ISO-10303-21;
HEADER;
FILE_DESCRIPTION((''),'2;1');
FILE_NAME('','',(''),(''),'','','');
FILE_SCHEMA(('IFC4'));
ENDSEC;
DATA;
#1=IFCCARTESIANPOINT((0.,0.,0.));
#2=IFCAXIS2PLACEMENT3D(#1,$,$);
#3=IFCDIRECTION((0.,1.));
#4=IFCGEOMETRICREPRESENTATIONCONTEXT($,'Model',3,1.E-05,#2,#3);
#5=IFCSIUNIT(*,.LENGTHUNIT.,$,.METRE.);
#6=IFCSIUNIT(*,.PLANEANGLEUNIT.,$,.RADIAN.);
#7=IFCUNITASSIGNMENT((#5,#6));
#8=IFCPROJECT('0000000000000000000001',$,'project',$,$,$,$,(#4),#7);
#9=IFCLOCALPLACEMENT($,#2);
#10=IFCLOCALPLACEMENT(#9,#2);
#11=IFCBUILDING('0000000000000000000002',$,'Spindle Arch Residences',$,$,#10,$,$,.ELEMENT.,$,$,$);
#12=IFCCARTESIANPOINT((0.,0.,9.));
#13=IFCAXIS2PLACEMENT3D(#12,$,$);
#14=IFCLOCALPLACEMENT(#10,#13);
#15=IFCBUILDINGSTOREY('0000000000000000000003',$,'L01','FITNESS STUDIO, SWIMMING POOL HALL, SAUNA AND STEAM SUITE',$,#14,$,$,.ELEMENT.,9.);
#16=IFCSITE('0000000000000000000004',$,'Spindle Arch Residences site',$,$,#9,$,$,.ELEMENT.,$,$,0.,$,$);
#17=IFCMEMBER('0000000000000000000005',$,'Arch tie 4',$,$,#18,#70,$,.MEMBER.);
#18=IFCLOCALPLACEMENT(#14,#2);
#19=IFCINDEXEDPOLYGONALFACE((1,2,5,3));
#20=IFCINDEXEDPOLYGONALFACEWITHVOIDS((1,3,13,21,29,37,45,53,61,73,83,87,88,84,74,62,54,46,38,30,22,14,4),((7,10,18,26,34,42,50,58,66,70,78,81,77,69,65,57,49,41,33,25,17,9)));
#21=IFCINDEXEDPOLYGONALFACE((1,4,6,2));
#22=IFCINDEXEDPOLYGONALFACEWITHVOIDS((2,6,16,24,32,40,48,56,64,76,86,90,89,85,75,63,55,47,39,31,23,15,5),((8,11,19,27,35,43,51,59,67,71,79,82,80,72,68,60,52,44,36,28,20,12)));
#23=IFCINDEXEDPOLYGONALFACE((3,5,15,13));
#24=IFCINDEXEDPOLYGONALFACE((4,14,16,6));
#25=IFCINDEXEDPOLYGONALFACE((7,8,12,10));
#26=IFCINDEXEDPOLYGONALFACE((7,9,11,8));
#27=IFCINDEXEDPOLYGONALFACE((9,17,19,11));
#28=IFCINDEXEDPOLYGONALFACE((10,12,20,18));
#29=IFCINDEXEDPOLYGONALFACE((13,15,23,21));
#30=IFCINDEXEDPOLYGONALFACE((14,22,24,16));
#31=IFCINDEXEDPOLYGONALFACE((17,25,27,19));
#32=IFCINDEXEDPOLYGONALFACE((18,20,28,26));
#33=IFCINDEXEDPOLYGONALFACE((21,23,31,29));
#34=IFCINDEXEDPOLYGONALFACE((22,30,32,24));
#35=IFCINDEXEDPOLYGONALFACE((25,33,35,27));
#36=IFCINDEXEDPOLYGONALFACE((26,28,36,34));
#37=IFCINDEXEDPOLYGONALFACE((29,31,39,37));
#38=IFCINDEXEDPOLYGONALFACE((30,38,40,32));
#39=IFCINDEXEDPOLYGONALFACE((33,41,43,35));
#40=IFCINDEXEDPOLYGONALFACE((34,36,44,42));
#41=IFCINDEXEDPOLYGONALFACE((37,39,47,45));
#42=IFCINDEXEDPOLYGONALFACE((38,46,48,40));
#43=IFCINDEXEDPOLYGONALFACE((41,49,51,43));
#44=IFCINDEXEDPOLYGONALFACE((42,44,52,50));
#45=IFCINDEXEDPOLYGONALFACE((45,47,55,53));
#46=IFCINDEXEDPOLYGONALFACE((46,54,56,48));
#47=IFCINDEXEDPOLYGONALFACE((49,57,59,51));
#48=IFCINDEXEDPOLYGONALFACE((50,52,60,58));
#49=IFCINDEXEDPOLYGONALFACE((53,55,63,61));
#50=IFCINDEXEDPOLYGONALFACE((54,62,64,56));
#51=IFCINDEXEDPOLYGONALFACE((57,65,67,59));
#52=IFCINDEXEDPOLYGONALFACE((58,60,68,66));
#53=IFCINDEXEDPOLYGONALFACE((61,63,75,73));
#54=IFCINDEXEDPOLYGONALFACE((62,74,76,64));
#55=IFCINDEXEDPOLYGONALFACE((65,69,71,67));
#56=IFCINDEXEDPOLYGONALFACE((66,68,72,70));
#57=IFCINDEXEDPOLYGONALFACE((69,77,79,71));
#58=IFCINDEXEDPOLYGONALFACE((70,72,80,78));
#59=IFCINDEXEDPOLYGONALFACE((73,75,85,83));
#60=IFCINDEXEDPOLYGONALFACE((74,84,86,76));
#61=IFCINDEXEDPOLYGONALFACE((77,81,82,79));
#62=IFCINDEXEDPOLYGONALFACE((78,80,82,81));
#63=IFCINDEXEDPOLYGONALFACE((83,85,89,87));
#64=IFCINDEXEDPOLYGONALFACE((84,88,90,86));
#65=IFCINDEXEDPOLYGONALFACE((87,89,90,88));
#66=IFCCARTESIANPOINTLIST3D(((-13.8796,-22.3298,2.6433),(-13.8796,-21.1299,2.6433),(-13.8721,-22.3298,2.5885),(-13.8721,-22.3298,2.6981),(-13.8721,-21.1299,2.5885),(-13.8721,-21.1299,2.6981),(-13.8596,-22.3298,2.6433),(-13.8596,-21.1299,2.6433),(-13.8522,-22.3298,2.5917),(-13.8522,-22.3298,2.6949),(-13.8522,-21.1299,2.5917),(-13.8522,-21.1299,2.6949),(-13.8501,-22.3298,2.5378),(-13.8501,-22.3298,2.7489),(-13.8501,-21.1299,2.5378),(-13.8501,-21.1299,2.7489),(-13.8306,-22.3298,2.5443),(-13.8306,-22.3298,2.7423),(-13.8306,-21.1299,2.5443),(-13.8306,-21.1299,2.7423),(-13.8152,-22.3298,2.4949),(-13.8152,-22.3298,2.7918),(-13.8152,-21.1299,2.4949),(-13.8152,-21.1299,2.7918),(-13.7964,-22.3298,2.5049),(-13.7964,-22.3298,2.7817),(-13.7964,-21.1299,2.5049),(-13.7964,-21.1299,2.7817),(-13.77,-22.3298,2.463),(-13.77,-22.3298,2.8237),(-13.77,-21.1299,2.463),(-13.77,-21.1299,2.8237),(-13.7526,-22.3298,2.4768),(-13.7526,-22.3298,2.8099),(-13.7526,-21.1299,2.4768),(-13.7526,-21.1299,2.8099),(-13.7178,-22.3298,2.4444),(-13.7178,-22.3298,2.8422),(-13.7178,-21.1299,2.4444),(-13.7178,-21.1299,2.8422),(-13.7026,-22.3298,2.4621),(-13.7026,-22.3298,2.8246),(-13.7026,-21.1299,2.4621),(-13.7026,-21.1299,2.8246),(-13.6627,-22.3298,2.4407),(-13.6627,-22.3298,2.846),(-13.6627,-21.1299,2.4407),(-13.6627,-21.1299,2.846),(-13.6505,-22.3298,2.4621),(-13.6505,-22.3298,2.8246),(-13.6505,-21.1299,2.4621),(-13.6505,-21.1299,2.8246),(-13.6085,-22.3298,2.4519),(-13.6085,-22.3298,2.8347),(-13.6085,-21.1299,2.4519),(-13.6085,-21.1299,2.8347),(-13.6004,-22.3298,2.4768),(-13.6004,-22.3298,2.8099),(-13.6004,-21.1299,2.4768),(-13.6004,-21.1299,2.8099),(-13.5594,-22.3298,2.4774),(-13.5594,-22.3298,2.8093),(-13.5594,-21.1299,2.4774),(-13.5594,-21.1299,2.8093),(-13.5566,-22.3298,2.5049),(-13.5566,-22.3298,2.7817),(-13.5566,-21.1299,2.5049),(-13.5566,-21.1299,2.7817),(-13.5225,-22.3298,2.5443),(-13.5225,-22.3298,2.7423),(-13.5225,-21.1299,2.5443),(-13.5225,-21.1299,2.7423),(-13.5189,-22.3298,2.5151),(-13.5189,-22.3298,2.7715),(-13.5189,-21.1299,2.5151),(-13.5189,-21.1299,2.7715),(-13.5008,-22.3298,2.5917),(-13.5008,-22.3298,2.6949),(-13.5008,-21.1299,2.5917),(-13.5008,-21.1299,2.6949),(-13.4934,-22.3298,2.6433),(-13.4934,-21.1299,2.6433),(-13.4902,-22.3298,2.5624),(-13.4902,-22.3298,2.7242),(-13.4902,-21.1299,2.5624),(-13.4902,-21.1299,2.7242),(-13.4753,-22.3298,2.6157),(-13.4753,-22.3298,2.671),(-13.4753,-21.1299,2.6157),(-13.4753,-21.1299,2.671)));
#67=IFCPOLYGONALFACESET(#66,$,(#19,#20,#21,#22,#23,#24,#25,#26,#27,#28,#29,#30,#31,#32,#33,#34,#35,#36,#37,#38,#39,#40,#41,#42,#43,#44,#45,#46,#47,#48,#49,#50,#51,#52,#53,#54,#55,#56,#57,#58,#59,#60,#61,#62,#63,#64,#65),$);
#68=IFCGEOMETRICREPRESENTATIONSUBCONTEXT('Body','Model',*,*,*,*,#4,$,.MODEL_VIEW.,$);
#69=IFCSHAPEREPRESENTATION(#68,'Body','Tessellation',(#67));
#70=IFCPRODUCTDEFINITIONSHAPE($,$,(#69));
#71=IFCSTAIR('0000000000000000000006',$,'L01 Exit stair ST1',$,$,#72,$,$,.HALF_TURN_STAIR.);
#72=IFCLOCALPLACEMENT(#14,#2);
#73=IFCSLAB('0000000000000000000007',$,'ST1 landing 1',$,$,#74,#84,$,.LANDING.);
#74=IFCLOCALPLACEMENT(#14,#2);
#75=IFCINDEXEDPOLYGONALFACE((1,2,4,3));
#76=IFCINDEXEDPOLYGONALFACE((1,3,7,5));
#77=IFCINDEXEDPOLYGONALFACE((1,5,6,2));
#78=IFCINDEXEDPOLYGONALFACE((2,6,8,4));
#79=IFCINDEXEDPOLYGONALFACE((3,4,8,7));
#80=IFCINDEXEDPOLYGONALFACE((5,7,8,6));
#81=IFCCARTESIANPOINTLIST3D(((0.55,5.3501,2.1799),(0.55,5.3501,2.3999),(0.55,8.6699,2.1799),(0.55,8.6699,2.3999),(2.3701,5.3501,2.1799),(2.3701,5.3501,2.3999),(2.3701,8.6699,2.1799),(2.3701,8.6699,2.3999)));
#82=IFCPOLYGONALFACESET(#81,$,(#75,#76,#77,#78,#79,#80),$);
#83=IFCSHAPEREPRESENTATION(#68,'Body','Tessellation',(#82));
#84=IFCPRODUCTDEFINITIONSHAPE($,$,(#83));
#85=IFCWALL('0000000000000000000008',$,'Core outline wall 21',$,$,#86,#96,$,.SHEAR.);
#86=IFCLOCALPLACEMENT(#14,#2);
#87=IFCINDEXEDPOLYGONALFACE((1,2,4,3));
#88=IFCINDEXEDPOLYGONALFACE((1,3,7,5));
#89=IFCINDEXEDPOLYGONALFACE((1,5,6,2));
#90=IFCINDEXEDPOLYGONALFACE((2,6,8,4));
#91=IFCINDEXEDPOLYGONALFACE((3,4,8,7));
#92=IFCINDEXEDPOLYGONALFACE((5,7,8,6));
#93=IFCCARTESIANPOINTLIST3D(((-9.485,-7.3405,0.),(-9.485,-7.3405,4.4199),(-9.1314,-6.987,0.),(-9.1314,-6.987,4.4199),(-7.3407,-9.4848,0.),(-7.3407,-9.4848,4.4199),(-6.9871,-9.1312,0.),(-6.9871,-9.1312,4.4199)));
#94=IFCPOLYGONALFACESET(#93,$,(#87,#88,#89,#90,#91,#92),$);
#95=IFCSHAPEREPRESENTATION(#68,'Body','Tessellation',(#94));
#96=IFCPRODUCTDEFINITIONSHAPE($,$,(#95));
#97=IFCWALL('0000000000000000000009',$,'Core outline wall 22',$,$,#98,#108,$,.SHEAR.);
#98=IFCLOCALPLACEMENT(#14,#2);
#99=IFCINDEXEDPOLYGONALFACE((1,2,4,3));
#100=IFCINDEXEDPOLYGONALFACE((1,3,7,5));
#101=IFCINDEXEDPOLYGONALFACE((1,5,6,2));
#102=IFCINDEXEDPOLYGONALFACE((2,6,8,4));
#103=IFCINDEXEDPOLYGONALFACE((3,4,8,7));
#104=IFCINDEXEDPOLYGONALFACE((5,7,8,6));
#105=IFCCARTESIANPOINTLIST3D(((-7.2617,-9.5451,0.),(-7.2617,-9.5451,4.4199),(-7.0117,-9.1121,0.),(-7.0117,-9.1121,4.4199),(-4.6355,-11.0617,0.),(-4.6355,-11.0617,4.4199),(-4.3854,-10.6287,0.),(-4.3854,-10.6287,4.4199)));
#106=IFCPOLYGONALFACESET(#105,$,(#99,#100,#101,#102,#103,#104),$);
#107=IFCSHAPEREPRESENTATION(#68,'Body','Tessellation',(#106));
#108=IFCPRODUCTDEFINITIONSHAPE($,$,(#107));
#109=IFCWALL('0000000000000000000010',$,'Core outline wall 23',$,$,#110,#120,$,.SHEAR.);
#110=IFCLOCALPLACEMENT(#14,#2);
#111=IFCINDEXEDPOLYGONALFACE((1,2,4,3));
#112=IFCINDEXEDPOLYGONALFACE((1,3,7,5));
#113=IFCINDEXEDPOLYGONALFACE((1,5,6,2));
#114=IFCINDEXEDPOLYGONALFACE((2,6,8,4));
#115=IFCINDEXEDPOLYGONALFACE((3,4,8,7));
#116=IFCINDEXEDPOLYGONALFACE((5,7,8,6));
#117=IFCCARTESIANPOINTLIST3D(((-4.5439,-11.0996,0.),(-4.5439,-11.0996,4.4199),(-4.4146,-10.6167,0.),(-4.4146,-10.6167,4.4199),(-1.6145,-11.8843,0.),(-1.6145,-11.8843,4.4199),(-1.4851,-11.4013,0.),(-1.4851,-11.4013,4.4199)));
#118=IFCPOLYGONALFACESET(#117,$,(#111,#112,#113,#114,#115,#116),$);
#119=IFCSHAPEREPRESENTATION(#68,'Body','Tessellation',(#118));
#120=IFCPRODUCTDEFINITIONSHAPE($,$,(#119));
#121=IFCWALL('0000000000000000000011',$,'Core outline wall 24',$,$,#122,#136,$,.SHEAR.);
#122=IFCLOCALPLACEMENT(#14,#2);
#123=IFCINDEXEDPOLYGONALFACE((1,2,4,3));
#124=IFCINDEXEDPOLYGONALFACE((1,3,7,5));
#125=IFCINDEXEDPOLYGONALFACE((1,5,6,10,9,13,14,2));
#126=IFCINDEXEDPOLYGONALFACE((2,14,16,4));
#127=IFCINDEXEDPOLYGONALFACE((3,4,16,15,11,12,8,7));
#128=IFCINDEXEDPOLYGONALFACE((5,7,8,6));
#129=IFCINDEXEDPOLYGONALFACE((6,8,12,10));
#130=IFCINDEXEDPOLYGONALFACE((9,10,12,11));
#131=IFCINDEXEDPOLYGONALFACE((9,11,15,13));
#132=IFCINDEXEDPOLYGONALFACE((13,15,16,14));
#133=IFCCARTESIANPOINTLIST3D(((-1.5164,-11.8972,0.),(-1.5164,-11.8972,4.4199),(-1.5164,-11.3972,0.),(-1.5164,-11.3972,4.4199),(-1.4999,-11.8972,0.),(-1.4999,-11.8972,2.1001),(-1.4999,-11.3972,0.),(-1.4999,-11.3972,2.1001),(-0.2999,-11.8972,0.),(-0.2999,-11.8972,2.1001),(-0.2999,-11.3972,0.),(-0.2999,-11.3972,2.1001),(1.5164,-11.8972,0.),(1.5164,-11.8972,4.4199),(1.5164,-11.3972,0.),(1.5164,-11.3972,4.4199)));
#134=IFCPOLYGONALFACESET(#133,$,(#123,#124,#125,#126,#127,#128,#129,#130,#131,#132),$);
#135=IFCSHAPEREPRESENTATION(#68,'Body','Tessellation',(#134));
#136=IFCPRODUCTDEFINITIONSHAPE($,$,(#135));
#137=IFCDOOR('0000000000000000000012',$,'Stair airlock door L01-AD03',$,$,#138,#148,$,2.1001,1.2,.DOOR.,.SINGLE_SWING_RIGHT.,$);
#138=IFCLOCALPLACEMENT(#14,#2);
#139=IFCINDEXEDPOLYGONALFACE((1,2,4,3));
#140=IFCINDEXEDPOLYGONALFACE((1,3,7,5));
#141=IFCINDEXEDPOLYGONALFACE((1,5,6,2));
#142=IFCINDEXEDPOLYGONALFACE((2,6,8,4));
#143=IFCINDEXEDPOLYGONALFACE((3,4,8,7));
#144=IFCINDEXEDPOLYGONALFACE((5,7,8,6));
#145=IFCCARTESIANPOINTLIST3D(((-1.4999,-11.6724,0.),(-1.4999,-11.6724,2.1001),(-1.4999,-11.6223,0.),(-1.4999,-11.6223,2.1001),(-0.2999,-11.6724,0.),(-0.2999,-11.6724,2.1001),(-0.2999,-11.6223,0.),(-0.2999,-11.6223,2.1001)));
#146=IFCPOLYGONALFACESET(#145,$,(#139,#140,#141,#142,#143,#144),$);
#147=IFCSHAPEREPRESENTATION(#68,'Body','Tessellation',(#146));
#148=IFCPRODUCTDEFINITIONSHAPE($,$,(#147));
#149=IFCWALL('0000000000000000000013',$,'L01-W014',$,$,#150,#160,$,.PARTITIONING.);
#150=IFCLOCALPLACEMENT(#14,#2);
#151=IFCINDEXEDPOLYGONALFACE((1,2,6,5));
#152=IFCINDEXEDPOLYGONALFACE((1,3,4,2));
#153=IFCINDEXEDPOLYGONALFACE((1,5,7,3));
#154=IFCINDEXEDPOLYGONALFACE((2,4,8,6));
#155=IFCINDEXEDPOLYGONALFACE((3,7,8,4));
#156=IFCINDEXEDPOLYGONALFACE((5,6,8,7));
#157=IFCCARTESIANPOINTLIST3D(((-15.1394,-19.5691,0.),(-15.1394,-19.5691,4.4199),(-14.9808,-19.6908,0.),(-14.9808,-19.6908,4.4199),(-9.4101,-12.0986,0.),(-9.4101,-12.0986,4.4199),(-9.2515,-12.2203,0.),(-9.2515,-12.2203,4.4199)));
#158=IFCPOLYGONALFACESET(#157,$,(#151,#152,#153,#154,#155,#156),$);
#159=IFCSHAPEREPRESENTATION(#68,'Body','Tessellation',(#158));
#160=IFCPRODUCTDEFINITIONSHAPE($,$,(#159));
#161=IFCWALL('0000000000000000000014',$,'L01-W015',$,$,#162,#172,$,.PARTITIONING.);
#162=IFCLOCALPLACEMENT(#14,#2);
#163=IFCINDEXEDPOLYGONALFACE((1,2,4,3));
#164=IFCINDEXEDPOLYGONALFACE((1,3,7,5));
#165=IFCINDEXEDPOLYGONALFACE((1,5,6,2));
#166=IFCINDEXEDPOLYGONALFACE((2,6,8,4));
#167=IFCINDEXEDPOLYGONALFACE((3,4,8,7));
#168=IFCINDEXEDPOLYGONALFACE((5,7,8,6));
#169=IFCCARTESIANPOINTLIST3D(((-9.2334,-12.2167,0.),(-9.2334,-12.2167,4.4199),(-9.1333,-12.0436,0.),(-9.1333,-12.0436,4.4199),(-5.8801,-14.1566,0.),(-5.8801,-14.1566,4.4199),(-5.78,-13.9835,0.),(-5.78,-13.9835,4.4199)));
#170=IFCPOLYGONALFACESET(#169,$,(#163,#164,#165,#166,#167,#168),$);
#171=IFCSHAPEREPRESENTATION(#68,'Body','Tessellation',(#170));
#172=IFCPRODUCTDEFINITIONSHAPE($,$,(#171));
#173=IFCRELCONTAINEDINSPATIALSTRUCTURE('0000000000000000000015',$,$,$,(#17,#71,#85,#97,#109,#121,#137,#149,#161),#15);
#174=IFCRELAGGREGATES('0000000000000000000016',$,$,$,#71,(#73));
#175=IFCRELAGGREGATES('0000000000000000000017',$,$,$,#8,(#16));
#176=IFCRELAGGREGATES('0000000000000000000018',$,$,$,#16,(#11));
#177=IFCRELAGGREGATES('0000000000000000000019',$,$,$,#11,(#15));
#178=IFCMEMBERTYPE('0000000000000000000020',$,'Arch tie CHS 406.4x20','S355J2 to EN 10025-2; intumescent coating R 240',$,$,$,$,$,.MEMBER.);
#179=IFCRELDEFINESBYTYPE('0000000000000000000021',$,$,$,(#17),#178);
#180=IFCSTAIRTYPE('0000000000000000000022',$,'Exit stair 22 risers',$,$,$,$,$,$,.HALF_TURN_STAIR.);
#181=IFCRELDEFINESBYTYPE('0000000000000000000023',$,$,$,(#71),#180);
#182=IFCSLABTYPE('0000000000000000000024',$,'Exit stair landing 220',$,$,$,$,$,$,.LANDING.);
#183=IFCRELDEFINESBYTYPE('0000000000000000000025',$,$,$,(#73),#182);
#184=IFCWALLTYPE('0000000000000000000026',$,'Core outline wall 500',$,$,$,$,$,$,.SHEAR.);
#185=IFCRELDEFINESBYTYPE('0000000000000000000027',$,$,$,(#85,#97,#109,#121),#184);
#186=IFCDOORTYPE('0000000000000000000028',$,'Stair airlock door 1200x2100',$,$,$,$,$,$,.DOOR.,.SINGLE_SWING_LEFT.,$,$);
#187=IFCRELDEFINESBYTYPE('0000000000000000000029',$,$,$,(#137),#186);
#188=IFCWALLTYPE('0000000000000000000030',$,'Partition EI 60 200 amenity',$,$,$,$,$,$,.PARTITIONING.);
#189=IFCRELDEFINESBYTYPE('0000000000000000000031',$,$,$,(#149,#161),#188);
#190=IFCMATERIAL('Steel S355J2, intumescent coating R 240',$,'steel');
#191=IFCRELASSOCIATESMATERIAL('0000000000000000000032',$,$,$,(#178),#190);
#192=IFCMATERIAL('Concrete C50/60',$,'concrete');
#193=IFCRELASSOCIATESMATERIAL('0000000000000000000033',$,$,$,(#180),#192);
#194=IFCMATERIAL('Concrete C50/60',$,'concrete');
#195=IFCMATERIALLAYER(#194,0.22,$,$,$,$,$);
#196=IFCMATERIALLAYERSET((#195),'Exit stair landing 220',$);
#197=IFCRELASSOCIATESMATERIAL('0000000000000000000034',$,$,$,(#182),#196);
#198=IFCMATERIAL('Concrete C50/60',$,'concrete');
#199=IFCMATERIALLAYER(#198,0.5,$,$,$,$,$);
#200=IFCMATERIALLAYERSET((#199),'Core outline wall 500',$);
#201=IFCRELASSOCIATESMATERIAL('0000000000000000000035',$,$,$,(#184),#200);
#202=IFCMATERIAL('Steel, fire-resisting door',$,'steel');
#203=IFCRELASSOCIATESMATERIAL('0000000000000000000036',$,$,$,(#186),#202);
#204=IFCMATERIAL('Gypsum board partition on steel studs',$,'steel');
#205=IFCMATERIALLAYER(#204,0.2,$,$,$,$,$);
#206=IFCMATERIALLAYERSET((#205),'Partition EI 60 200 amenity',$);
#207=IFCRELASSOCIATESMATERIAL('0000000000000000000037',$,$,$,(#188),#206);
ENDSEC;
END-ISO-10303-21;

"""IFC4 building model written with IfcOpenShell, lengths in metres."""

from ifc_helpers import new_model, si_unit, direction, frame, frame_2d, origin, origin_2d, place, context, subcontext, project, spatial, polyline, rectangle, hollow_circle, outline, extrude, material, layer, layer_set, material_profile, profile_set, type_object, element, fill, aggregate, save


model = new_model("IFC4")

# Units and contexts
model_context = context("Model", 3, precision=1e-05, world=origin(), true_north=direction((0.0, 1.0)))
body_context = subcontext(model_context, "Body", "Model", "MODEL_VIEW")
ifc_project = project(units=[si_unit("LENGTHUNIT", "METRE"), si_unit("PLANEANGLEUNIT", "RADIAN")], contexts=[model_context])

# Site, building, storey
site_placement = place(None, origin())
site = spatial("IfcSite", under=ifc_project, at=site_placement, Name="Spindle Arch Residences site", CompositionType="ELEMENT", RefElevation=0.0)
building_placement = place(site_placement, origin())
building = spatial("IfcBuilding", under=site, at=building_placement, Name="Spindle Arch Residences", CompositionType="ELEMENT")
storey_placement = place(building_placement, frame((0.0, 0.0, 9.0)))
storey = spatial("IfcBuildingStorey", under=building, at=storey_placement, Name="L01", Description="FITNESS STUDIO, SWIMMING POOL HALL, SAUNA AND STEAM SUITE", CompositionType="ELEMENT", Elevation=9.0)

# Member
ifc_material_1 = material(Name="Steel S355J2, intumescent coating R 240", Category="steel")
ifc_material_profile_1 = material_profile(ifc_material_1, hollow_circle(Radius=0.2031, WallThickness=0.02, at=origin_2d()), Name="CHS 406.4x20")
ifc_profile_set_1 = profile_set([ifc_material_profile_1], Name="Steel S355J2, intumescent coating R 240")
member_type_1 = type_object("IfcMemberType", Name="Arch tie CHS 406.4x20", Description="S355J2 to EN 10025-2; intumescent coating R 240", PredefinedType="MEMBER", material=ifc_profile_set_1)
member_placement = place(storey_placement, frame((-13.6765, -22.3298, 2.6433), z_axis=(0.0, 1.0, 0.0), x_axis=(-1.0, 0.0, 0.0)))
element("IfcMember", 1, at=member_placement, inside=storey, type_object=member_type_1, Name="Arch tie 4", PredefinedType="MEMBER", context=body_context, shape_type="SweptSolid", body=[
    extrude(hollow_circle(Radius=0.2031, WallThickness=0.02, at=origin_2d()), origin(), (0.0, 0.0, 1.0), 1.2),
])

# Stair, slab
ifc_material_2 = material(Name="Concrete C50/60", Category="concrete")
stair_type = type_object("IfcStairType", Name="Exit stair 22 risers", PredefinedType="HALF_TURN_STAIR", material=ifc_material_2)
stair_1_placement = place(storey_placement, origin())
stair_1 = element("IfcStair", 2, at=stair_1_placement, inside=storey, type_object=stair_type, Name="L01 Exit stair ST1", PredefinedType="HALF_TURN_STAIR")
ifc_material_3 = material(Name="Concrete C50/60", Category="concrete")
ifc_layer_1 = layer(ifc_material_3, 0.22)
ifc_layer_set_1 = layer_set([ifc_layer_1], Name="Exit stair landing 220")
slab_type = type_object("IfcSlabType", Name="Exit stair landing 220", PredefinedType="LANDING", material=ifc_layer_set_1)
slab_placement = place(storey_placement, frame((0.0, 0.0, 2.1799)))
slab = element("IfcSlab", 3, at=slab_placement, type_object=slab_type, Name="ST1 landing 1", PredefinedType="LANDING", context=body_context, shape_type="SweptSolid", body=[
    extrude(outline(polyline([(2.3701, 8.6699), (0.55, 8.6699), (0.55, 5.3501), (2.3701, 5.3501), (2.3701, 8.6699)])), origin(), (0.0, 0.0, 1.0), 0.22),
])
aggregate(stair_1, [slab])

# Walls
ifc_material_4 = material(Name="Concrete C50/60", Category="concrete")
ifc_layer_2 = layer(ifc_material_4, 0.5)
ifc_layer_set_2 = layer_set([ifc_layer_2], Name="Core outline wall 500")
wall_type_1 = type_object("IfcWallType", Name="Core outline wall 500", PredefinedType="SHEAR", material=ifc_layer_set_2)
wall_1_placement = place(storey_placement, frame((-9.3081, -7.1638, 0.0), z_axis=(0.0, 0.0, 1.0), x_axis=(0.707107, -0.707107, 0.0)))
element("IfcWall", 4, at=wall_1_placement, inside=storey, type_object=wall_type_1, Name="Core outline wall 21", PredefinedType="SHEAR", context=body_context, shape_type="SweptSolid", body=[
    extrude(rectangle(XDim=3.0325, YDim=0.5, at=frame_2d((1.5161, 0.0))), origin(), (0.0, 0.0, 1.0), 4.4199),
])
for number, where, z_axis, x_axis, name in (
    (5, (-7.1367, -9.3286, 0.0), (0.0, 0.0, 1.0), (0.865975, -0.500087, 0.0), "Core outline wall 22"),
    (6, (-4.4792, -10.8582, 0.0), (0.0, 0.0, 1.0), (0.965948, -0.258735, 0.0), "Core outline wall 23"),
):
    element("IfcWall", number, at=place(storey_placement, frame(where, z_axis=z_axis, x_axis=x_axis)), inside=storey, type_object=wall_type_1, Name=name, PredefinedType="SHEAR", context=body_context, shape_type="SweptSolid", body=[
        extrude(rectangle(XDim=3.0327, YDim=0.5, at=frame_2d((1.5164, 0.0))), origin(), (0.0, 0.0, 1.0), 4.4199),
    ])

# Wall, opening, door
wall_2_placement = place(storey_placement, frame((-1.5164, -11.6472, 0.0), z_axis=(0.0, 0.0, 1.0), x_axis=(1.0, 0.0, 0.0)))
wall_2 = element("IfcWall", 7, at=wall_2_placement, inside=storey, type_object=wall_type_1, Name="Core outline wall 24", PredefinedType="SHEAR", context=body_context, shape_type="SweptSolid", body=[
    extrude(rectangle(XDim=3.0327, YDim=0.5, at=frame_2d((1.5164, 0.0))), origin(), (0.0, 0.0, 1.0), 4.4199),
])
opening_1_placement = place(wall_2_placement, frame((0.0164, 0.0, 0.0)))
opening_1 = element("IfcOpeningElement", 8, at=opening_1_placement, cuts=wall_2, PredefinedType="OPENING", context=body_context, shape_type="SweptSolid", body=[
    extrude(rectangle(XDim=1.2, YDim=2.1001, at=frame_2d((0.6001, 1.05))), frame((0.0, 0.26, 0.0), z_axis=(0.0, -1.0, 0.0), x_axis=(1.0, 0.0, 0.0)), (0.0, 0.0, 1.0), 0.52),
])
ifc_material_5 = material(Name="Steel, fire-resisting door", Category="steel")
door_type_1 = type_object("IfcDoorType", Name="Stair airlock door 1200x2100", OperationType="SINGLE_SWING_LEFT", PredefinedType="DOOR", material=ifc_material_5)
door_1_placement = place(opening_1_placement, origin())
door_1 = element("IfcDoor", 9, at=door_1_placement, inside=storey, type_object=door_type_1, Name="Stair airlock door L01-AD03", OperationType="SINGLE_SWING_RIGHT", OverallHeight=2.1001, OverallWidth=1.2, PredefinedType="DOOR", context=body_context, shape_type="SweptSolid", body=[
    extrude(rectangle(XDim=1.2, YDim=2.1001, at=frame_2d((0.6001, 1.05))), frame((0.0, 0.0249, 0.0), z_axis=(0.0, -1.0, 0.0), x_axis=(1.0, 0.0, 0.0)), (0.0, 0.0, 1.0), 0.05),
])
fill(opening_1, door_1)

# Walls
ifc_material_6 = material(Name="Gypsum board partition on steel studs", Category="steel")
ifc_layer_3 = layer(ifc_material_6, 0.2)
ifc_layer_set_3 = layer_set([ifc_layer_3], Name="Partition EI 60 200 amenity")
wall_type_2 = type_object("IfcWallType", Name="Partition EI 60 200 amenity", PredefinedType="PARTITIONING", material=ifc_layer_set_3)
wall_3_placement = place(storey_placement, frame((-9.3308, -12.1594, 0.0), z_axis=(0.0, 0.0, 1.0), x_axis=(-0.608558, -0.793509, 0.0)))
element("IfcWall", 10, at=wall_3_placement, inside=storey, type_object=wall_type_2, Name="L01-W014", PredefinedType="PARTITIONING", context=body_context, shape_type="SweptSolid", body=[
    extrude(rectangle(XDim=9.4146, YDim=0.2, at=frame_2d((4.7073, 0.0))), origin(), (0.0, 0.0, 1.0), 4.4199),
])
wall_4_placement = place(storey_placement, frame((-9.1833, -12.1301, 0.0), z_axis=(0.0, 0.0, 1.0), x_axis=(0.865586, -0.50076, 0.0)))
element("IfcWall", 11, at=wall_4_placement, inside=storey, type_object=wall_type_2, Name="L01-W015", PredefinedType="PARTITIONING", context=body_context, shape_type="SweptSolid", body=[
    extrude(rectangle(XDim=3.874, YDim=0.2, at=frame_2d((1.937, 0.0))), origin(), (0.0, 0.0, 1.0), 4.4199),
])

save(model, "model.ifc")
